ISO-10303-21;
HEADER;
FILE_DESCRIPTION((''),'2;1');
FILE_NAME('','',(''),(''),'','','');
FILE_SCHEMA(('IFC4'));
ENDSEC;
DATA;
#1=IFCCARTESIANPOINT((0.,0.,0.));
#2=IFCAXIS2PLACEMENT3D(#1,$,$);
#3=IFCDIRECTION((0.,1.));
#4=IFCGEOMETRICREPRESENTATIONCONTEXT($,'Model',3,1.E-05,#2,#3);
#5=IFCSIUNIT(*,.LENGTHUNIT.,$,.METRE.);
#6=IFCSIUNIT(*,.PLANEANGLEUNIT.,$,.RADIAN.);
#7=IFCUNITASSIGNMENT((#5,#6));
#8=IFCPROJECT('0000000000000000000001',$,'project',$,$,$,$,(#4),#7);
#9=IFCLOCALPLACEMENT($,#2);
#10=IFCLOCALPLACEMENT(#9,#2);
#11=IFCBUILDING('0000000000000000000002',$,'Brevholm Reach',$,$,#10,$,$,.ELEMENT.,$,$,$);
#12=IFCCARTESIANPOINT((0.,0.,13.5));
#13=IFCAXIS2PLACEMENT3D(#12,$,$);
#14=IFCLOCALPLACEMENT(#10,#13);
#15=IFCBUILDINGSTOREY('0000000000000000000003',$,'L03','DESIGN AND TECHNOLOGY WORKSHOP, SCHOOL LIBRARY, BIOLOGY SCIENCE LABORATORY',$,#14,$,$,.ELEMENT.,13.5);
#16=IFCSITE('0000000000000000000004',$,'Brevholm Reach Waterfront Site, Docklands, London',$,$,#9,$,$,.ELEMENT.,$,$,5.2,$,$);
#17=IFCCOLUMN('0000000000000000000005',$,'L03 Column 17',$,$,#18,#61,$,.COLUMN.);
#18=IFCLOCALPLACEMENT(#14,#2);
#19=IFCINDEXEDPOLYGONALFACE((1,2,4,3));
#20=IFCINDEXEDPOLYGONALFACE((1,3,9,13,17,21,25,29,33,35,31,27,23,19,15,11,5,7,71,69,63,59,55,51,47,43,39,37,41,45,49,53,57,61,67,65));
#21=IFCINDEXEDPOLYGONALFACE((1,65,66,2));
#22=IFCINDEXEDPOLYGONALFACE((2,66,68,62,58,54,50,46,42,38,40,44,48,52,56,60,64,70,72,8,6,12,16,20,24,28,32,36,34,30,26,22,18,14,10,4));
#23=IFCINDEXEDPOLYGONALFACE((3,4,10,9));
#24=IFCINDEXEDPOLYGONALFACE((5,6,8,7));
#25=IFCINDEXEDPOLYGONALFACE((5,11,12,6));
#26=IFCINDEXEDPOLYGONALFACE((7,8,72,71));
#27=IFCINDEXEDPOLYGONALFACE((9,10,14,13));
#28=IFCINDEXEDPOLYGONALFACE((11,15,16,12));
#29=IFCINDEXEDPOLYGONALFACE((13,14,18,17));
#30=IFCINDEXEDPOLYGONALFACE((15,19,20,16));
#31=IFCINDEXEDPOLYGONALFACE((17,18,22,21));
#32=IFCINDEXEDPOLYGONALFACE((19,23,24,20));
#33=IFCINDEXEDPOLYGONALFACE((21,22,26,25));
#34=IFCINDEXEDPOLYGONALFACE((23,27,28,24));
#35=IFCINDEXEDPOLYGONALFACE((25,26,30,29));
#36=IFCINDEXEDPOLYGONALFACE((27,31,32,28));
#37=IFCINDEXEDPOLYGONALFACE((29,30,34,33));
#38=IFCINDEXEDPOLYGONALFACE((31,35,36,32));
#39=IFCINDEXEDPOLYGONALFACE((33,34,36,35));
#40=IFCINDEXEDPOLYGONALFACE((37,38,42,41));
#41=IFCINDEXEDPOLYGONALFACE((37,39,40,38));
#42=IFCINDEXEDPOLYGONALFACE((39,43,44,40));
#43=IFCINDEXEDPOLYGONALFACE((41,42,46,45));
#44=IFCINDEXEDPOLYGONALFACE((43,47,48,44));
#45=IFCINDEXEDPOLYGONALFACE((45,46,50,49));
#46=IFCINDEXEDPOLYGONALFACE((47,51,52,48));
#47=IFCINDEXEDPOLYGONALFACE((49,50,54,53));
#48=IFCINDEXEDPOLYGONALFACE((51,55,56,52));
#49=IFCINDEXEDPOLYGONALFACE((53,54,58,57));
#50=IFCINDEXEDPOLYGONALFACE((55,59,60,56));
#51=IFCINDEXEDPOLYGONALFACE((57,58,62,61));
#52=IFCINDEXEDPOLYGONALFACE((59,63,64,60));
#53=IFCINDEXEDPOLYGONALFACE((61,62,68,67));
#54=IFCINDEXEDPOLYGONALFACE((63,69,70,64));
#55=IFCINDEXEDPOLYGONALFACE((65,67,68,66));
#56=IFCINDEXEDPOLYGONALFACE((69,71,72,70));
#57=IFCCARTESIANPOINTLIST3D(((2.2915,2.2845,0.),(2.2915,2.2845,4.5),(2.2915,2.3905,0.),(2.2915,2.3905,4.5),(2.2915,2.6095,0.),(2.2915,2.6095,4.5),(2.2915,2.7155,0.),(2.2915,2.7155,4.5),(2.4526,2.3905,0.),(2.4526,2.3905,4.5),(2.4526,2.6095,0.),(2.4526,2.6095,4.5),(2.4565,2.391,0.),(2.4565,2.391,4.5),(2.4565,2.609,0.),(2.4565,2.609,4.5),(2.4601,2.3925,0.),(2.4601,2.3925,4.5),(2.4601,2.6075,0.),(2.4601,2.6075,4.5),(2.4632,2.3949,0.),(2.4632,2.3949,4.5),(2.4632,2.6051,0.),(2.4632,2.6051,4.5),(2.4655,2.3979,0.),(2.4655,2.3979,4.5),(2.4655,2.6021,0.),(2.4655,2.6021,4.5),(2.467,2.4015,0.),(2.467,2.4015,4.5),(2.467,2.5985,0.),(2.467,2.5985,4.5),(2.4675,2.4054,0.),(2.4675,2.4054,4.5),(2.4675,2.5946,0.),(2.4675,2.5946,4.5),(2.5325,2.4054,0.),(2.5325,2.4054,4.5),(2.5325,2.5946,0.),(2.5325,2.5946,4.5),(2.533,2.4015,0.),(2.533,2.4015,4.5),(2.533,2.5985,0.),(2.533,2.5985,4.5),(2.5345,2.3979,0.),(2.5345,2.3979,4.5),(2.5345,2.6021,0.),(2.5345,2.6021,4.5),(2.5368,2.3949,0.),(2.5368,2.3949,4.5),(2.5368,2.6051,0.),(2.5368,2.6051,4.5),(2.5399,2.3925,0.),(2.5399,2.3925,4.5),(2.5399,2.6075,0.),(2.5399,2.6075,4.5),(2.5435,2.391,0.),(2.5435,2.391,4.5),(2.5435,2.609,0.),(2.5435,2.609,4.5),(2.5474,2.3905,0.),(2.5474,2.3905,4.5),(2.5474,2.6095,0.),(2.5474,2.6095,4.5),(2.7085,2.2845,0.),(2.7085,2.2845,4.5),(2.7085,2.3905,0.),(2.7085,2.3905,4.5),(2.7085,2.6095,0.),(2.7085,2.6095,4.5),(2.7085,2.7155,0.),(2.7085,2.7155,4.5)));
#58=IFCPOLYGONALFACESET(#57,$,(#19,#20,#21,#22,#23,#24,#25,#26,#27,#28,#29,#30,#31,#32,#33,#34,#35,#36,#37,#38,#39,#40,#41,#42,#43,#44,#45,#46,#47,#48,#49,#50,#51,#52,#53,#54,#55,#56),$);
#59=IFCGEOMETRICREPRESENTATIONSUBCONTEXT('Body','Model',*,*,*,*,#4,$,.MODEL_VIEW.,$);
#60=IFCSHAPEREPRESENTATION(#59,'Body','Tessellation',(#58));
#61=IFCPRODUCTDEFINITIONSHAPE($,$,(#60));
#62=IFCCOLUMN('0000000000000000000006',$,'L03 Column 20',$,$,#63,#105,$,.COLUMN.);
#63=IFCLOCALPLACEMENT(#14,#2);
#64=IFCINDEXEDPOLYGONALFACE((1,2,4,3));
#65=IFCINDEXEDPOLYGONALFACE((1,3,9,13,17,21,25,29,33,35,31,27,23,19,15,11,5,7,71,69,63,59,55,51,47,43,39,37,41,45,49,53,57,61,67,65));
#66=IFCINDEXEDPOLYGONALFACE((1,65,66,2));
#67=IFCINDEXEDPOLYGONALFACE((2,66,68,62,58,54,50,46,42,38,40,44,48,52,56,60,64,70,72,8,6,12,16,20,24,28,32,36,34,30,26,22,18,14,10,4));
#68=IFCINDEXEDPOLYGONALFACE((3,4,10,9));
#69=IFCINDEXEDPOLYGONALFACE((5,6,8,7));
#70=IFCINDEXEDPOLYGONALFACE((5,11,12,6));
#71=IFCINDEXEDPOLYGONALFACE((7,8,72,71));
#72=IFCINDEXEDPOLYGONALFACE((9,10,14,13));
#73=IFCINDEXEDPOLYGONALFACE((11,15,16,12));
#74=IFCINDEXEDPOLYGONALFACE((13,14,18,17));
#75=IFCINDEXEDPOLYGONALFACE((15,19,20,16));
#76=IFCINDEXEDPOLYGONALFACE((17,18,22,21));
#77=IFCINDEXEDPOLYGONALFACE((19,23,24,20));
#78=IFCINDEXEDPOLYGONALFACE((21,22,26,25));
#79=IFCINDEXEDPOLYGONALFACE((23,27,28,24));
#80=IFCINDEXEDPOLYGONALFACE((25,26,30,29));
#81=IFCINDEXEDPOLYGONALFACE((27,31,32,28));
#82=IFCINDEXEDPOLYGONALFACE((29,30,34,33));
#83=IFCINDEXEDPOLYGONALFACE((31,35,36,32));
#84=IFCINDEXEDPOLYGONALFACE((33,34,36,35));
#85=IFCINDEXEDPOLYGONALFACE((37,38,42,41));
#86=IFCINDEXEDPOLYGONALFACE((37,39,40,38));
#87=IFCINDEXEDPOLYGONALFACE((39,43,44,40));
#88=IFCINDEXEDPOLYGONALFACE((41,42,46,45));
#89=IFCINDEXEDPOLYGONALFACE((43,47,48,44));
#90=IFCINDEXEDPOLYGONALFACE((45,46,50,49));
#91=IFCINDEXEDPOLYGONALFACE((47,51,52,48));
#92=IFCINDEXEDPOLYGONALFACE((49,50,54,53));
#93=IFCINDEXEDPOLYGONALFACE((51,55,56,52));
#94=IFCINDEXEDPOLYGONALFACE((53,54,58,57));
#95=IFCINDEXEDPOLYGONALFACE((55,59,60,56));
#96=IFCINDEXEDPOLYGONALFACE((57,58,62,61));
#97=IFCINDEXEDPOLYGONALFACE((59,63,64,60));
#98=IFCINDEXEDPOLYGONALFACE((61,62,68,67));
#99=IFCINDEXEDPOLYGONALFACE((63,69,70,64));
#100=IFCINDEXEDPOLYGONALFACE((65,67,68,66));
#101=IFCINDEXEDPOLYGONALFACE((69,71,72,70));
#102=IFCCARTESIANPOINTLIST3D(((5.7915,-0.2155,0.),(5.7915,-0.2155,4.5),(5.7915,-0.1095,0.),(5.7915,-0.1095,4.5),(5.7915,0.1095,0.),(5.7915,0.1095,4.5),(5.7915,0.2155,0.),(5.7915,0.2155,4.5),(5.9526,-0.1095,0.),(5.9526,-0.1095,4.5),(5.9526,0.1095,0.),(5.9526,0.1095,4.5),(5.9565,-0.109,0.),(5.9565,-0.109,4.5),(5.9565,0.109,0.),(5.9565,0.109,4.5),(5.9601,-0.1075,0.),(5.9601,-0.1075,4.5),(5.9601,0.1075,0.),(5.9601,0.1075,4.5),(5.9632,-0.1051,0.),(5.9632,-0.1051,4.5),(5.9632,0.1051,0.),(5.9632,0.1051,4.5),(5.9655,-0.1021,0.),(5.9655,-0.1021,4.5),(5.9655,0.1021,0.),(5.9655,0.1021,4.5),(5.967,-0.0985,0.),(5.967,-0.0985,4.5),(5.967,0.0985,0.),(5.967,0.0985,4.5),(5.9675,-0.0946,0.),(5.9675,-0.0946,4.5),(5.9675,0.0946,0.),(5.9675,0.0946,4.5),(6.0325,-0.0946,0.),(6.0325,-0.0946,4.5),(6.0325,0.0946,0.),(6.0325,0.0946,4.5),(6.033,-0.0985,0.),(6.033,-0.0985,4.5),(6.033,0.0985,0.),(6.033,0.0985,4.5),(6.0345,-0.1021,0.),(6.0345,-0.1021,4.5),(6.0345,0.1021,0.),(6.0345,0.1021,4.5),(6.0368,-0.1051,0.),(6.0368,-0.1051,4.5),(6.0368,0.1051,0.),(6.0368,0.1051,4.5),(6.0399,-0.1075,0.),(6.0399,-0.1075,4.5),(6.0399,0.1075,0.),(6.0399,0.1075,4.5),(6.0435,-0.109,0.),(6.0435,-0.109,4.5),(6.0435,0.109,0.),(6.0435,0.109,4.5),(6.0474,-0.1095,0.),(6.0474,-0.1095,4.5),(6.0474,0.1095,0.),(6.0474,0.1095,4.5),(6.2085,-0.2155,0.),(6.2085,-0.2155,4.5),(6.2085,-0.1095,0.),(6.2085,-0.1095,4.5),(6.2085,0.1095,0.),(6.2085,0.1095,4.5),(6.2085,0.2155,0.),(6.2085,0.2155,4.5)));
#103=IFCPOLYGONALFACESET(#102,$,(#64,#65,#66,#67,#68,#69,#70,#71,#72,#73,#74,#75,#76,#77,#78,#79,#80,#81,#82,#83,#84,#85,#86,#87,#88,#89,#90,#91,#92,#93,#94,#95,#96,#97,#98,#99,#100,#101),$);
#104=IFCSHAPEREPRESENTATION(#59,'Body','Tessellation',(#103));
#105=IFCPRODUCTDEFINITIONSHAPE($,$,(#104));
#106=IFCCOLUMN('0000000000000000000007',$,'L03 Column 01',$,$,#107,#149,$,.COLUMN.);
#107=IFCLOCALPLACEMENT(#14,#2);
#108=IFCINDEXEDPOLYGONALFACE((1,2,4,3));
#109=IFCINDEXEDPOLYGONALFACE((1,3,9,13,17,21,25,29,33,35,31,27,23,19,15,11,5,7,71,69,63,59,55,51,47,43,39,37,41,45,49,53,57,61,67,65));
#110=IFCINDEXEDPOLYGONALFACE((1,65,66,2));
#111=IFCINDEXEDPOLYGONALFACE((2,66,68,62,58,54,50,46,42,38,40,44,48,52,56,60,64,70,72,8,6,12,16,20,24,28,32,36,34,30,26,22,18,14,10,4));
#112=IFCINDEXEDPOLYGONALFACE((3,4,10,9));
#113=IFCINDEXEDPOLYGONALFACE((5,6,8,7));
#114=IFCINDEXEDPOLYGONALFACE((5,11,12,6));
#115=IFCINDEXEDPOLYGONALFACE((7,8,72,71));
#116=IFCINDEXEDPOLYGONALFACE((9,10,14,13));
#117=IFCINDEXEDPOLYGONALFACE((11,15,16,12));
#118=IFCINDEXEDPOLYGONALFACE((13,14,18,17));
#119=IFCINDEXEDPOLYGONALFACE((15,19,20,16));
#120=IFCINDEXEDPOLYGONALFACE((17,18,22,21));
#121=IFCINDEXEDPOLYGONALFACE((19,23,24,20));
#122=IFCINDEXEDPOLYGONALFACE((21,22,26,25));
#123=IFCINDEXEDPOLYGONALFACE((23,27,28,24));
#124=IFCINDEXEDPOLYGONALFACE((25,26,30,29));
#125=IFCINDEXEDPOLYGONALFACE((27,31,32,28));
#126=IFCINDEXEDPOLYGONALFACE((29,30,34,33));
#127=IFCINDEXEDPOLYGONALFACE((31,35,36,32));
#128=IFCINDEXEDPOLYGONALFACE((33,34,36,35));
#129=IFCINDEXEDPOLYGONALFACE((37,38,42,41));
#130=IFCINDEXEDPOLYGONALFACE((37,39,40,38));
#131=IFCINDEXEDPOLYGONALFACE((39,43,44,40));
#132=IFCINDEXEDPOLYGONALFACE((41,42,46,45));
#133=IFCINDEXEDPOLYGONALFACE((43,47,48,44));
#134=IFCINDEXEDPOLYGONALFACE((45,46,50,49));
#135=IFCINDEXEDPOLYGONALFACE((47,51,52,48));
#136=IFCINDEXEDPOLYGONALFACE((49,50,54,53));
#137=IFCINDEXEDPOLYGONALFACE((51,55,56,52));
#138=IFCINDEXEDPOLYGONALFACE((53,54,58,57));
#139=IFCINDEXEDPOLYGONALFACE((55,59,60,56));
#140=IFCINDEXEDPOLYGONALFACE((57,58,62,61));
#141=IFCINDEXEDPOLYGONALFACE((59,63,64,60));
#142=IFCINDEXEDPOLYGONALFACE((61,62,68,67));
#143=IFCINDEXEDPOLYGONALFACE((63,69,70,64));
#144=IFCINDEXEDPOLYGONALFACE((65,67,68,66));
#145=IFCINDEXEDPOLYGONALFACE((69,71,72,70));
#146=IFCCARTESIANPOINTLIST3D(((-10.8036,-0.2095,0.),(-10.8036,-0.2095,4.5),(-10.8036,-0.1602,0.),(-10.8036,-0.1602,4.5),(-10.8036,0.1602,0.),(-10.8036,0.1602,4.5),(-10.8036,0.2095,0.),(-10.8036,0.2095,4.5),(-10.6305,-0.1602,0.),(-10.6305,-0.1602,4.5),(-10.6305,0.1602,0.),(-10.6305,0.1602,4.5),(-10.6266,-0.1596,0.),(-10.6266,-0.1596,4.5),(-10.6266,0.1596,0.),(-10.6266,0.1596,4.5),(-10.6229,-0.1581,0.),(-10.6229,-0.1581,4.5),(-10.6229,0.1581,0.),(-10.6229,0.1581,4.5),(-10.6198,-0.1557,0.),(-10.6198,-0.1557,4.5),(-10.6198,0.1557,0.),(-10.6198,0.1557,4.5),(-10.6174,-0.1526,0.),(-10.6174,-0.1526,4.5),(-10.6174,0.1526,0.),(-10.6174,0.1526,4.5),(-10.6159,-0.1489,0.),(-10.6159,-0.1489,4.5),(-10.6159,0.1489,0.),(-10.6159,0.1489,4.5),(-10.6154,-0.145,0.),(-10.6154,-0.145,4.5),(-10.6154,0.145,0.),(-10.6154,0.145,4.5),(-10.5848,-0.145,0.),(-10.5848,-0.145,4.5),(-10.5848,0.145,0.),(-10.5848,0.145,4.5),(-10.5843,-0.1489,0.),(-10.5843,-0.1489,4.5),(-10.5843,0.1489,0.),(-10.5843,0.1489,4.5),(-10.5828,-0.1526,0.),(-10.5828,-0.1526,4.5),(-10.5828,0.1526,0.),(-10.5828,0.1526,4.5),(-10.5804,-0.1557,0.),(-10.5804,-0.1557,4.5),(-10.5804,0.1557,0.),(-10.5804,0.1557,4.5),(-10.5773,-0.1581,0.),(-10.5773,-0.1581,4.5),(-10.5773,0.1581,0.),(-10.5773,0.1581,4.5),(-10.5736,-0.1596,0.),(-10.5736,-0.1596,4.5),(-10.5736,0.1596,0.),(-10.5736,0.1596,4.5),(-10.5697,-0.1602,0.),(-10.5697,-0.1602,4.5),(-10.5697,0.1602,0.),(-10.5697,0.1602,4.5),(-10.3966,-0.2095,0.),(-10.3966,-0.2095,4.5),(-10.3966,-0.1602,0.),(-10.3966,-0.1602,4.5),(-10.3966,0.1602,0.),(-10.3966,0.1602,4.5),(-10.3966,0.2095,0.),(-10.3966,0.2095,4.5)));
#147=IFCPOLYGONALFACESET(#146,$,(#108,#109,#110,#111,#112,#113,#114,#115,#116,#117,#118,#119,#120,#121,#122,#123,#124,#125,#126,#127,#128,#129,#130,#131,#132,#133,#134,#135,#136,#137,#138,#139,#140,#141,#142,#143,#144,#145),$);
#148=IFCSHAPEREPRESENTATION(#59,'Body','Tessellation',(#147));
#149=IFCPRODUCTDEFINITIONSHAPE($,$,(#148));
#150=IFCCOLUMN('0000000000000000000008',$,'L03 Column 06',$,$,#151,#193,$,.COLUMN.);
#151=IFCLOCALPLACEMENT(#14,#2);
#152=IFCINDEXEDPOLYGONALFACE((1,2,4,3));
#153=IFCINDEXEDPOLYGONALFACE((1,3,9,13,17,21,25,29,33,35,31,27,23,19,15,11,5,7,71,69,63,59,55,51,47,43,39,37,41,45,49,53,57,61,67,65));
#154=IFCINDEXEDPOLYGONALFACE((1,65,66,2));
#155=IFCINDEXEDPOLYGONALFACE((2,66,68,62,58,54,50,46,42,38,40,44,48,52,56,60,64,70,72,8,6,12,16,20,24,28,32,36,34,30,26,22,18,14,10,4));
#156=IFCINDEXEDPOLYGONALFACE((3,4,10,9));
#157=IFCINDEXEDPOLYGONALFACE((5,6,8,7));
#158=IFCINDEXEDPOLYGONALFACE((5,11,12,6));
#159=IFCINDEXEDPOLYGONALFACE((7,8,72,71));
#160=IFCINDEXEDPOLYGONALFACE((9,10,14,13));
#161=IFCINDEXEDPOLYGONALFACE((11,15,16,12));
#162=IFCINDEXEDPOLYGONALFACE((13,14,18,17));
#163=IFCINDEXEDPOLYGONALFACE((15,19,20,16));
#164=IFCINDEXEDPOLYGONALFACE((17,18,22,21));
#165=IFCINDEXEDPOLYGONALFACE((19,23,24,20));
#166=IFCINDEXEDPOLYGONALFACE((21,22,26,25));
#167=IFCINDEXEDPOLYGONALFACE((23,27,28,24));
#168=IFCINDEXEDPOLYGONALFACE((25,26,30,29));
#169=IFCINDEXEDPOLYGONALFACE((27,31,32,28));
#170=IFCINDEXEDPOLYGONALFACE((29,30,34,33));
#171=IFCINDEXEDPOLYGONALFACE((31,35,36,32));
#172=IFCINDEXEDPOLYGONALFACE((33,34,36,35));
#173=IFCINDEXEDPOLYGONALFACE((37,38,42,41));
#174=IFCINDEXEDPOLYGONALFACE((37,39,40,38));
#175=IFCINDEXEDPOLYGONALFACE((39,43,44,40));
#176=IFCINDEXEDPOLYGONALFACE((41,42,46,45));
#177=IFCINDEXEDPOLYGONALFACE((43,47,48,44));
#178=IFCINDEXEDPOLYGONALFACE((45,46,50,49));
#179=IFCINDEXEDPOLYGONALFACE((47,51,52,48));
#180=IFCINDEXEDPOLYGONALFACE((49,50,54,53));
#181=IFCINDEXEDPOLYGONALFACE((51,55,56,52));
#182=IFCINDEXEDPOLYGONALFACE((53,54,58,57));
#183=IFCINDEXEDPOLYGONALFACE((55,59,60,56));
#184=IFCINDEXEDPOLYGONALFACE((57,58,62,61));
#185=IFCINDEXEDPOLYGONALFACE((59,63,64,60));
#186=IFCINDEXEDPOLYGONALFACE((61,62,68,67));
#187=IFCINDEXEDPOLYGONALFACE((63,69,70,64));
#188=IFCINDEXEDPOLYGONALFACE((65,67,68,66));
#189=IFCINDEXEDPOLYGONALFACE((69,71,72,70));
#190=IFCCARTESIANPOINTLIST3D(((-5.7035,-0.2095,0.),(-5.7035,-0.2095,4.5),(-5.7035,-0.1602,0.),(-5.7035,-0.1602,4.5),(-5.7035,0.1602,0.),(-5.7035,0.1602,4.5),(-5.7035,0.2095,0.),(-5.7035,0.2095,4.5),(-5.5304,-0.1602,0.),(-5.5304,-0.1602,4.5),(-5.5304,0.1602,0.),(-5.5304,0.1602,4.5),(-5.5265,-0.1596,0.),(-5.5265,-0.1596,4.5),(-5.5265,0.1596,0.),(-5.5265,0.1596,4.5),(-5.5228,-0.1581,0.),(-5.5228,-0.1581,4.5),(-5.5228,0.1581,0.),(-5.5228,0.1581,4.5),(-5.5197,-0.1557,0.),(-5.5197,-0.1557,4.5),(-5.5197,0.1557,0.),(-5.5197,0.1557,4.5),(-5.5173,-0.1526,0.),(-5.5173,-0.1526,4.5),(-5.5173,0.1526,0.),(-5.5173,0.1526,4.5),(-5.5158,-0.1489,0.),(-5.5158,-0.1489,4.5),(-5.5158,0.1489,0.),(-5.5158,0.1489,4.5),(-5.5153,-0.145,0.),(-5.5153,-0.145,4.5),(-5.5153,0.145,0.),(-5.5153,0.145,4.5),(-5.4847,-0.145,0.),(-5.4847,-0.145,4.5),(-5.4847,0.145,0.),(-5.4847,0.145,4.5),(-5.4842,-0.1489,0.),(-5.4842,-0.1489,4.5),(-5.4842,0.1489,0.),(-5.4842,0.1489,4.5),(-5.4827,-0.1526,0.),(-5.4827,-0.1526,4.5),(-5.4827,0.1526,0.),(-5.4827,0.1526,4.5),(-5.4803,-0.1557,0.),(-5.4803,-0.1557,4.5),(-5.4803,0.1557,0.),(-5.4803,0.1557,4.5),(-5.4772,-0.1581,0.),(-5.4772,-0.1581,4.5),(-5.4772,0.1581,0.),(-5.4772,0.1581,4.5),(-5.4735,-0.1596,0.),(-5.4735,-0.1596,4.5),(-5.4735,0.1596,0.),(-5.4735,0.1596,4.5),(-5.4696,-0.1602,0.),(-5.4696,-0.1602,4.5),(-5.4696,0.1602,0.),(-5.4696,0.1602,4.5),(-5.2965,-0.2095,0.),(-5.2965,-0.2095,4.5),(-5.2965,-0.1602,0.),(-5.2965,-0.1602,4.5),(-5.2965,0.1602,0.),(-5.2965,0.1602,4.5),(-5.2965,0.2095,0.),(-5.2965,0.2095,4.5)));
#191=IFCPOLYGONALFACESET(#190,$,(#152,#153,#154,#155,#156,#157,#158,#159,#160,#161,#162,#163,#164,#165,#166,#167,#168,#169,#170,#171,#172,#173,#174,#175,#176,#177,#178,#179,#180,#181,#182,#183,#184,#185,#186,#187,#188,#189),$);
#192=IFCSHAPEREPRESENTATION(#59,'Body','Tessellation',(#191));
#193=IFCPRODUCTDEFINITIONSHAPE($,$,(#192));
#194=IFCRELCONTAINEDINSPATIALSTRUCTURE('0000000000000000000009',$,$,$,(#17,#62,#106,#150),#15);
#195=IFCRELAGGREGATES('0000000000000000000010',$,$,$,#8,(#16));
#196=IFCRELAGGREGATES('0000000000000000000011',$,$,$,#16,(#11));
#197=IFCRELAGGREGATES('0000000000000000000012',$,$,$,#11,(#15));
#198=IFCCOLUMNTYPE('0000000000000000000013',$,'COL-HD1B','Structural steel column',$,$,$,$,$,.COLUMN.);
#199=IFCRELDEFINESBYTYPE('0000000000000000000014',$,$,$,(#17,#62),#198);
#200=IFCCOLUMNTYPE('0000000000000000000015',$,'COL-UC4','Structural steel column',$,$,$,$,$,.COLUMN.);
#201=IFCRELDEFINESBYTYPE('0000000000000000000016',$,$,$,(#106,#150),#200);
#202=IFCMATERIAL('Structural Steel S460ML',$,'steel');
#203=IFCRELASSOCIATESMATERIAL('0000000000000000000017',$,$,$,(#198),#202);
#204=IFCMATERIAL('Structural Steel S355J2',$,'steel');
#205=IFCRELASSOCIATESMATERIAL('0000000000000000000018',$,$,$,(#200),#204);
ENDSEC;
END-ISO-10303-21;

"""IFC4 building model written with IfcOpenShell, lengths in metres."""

from ifc_helpers import new_model, si_unit, direction, frame, origin, origin_2d, place, context, subcontext, project, spatial, i_section, extrude, material, material_profile, profile_set, type_object, element, save


model = new_model("IFC4")

# Units and contexts
model_context = context("Model", 3, precision=1e-05, world=origin(), true_north=direction((0.0, 1.0)))
body_context = subcontext(model_context, "Body", "Model", "MODEL_VIEW")
ifc_project = project(units=[si_unit("LENGTHUNIT", "METRE"), si_unit("PLANEANGLEUNIT", "RADIAN")], contexts=[model_context])

# Site, building, storey
site_placement = place(None, origin())
site = spatial("IfcSite", under=ifc_project, at=site_placement, Name="Brevholm Reach Waterfront Site, Docklands, London", CompositionType="ELEMENT", RefElevation=5.2)
building_placement = place(site_placement, origin())
building = spatial("IfcBuilding", under=site, at=building_placement, Name="Brevholm Reach", CompositionType="ELEMENT")
storey_placement = place(building_placement, frame((0.0, 0.0, 13.5)))
storey = spatial("IfcBuildingStorey", under=building, at=storey_placement, Name="L03", Description="DESIGN AND TECHNOLOGY WORKSHOP, SCHOOL LIBRARY, BIOLOGY SCIENCE LABORATORY", CompositionType="ELEMENT", Elevation=13.5)

# Columns
ifc_material_1 = material(Name="Structural Steel S460ML", Category="steel")
ifc_material_profile_1 = material_profile(ifc_material_1, i_section(OverallWidth=0.417, OverallDepth=0.4309, WebThickness=0.0649, FlangeThickness=0.106, FilletRadius=0.0149, at=origin_2d()), Name="HD 400x900")
ifc_profile_set_1 = profile_set([ifc_material_profile_1], Name="Structural Steel S460ML")
column_type_1 = type_object("IfcColumnType", Name="COL-HD1B", Description="Structural steel column", PredefinedType="COLUMN", material=ifc_profile_set_1)
for number, where, z_axis, x_axis, name in (
    (1, (2.5, 2.5, 0.0), (0.0, 0.0, 1.0), (1.0, 0.0, 0.0), "L03 Column 17"),
    (2, (6.0, 0.0, 0.0), (0.0, 0.0, 1.0), (1.0, 0.0, 0.0), "L03 Column 20"),
):
    element("IfcColumn", number, at=place(storey_placement, frame(where, z_axis=z_axis, x_axis=x_axis)), inside=storey, type_object=column_type_1, Name=name, PredefinedType="COLUMN", context=body_context, shape_type="SweptSolid", body=[
        extrude(i_section(OverallWidth=0.417, OverallDepth=0.4309, WebThickness=0.0649, FlangeThickness=0.106, FilletRadius=0.0149, at=origin_2d()), origin(), (0.0, 0.0, 1.0), 4.5),
    ])
ifc_material_2 = material(Name="Structural Steel S355J2", Category="steel")
ifc_material_profile_2 = material_profile(ifc_material_2, i_section(OverallWidth=0.407, OverallDepth=0.4189, WebThickness=0.0305, FlangeThickness=0.0493, FilletRadius=0.0151, at=origin_2d()), Name="UKC 356x406x393")
ifc_profile_set_2 = profile_set([ifc_material_profile_2], Name="Structural Steel S355J2")
column_type_2 = type_object("IfcColumnType", Name="COL-UC4", Description="Structural steel column", PredefinedType="COLUMN", material=ifc_profile_set_2)
for number, where, z_axis, x_axis, name in (
    (3, (-10.6001, 0.0, 0.0), (0.0, 0.0, 1.0), (1.0, 0.0, 0.0), "L03 Column 01"),
    (4, (-5.5, 0.0, 0.0), (0.0, 0.0, 1.0), (1.0, 0.0, 0.0), "L03 Column 06"),
):
    element("IfcColumn", number, at=place(storey_placement, frame(where, z_axis=z_axis, x_axis=x_axis)), inside=storey, type_object=column_type_2, Name=name, PredefinedType="COLUMN", context=body_context, shape_type="SweptSolid", body=[
        extrude(i_section(OverallWidth=0.407, OverallDepth=0.4189, WebThickness=0.0305, FlangeThickness=0.0493, FilletRadius=0.0151, at=origin_2d()), origin(), (0.0, 0.0, 1.0), 4.5),
    ])

save(model, "model.ifc")
